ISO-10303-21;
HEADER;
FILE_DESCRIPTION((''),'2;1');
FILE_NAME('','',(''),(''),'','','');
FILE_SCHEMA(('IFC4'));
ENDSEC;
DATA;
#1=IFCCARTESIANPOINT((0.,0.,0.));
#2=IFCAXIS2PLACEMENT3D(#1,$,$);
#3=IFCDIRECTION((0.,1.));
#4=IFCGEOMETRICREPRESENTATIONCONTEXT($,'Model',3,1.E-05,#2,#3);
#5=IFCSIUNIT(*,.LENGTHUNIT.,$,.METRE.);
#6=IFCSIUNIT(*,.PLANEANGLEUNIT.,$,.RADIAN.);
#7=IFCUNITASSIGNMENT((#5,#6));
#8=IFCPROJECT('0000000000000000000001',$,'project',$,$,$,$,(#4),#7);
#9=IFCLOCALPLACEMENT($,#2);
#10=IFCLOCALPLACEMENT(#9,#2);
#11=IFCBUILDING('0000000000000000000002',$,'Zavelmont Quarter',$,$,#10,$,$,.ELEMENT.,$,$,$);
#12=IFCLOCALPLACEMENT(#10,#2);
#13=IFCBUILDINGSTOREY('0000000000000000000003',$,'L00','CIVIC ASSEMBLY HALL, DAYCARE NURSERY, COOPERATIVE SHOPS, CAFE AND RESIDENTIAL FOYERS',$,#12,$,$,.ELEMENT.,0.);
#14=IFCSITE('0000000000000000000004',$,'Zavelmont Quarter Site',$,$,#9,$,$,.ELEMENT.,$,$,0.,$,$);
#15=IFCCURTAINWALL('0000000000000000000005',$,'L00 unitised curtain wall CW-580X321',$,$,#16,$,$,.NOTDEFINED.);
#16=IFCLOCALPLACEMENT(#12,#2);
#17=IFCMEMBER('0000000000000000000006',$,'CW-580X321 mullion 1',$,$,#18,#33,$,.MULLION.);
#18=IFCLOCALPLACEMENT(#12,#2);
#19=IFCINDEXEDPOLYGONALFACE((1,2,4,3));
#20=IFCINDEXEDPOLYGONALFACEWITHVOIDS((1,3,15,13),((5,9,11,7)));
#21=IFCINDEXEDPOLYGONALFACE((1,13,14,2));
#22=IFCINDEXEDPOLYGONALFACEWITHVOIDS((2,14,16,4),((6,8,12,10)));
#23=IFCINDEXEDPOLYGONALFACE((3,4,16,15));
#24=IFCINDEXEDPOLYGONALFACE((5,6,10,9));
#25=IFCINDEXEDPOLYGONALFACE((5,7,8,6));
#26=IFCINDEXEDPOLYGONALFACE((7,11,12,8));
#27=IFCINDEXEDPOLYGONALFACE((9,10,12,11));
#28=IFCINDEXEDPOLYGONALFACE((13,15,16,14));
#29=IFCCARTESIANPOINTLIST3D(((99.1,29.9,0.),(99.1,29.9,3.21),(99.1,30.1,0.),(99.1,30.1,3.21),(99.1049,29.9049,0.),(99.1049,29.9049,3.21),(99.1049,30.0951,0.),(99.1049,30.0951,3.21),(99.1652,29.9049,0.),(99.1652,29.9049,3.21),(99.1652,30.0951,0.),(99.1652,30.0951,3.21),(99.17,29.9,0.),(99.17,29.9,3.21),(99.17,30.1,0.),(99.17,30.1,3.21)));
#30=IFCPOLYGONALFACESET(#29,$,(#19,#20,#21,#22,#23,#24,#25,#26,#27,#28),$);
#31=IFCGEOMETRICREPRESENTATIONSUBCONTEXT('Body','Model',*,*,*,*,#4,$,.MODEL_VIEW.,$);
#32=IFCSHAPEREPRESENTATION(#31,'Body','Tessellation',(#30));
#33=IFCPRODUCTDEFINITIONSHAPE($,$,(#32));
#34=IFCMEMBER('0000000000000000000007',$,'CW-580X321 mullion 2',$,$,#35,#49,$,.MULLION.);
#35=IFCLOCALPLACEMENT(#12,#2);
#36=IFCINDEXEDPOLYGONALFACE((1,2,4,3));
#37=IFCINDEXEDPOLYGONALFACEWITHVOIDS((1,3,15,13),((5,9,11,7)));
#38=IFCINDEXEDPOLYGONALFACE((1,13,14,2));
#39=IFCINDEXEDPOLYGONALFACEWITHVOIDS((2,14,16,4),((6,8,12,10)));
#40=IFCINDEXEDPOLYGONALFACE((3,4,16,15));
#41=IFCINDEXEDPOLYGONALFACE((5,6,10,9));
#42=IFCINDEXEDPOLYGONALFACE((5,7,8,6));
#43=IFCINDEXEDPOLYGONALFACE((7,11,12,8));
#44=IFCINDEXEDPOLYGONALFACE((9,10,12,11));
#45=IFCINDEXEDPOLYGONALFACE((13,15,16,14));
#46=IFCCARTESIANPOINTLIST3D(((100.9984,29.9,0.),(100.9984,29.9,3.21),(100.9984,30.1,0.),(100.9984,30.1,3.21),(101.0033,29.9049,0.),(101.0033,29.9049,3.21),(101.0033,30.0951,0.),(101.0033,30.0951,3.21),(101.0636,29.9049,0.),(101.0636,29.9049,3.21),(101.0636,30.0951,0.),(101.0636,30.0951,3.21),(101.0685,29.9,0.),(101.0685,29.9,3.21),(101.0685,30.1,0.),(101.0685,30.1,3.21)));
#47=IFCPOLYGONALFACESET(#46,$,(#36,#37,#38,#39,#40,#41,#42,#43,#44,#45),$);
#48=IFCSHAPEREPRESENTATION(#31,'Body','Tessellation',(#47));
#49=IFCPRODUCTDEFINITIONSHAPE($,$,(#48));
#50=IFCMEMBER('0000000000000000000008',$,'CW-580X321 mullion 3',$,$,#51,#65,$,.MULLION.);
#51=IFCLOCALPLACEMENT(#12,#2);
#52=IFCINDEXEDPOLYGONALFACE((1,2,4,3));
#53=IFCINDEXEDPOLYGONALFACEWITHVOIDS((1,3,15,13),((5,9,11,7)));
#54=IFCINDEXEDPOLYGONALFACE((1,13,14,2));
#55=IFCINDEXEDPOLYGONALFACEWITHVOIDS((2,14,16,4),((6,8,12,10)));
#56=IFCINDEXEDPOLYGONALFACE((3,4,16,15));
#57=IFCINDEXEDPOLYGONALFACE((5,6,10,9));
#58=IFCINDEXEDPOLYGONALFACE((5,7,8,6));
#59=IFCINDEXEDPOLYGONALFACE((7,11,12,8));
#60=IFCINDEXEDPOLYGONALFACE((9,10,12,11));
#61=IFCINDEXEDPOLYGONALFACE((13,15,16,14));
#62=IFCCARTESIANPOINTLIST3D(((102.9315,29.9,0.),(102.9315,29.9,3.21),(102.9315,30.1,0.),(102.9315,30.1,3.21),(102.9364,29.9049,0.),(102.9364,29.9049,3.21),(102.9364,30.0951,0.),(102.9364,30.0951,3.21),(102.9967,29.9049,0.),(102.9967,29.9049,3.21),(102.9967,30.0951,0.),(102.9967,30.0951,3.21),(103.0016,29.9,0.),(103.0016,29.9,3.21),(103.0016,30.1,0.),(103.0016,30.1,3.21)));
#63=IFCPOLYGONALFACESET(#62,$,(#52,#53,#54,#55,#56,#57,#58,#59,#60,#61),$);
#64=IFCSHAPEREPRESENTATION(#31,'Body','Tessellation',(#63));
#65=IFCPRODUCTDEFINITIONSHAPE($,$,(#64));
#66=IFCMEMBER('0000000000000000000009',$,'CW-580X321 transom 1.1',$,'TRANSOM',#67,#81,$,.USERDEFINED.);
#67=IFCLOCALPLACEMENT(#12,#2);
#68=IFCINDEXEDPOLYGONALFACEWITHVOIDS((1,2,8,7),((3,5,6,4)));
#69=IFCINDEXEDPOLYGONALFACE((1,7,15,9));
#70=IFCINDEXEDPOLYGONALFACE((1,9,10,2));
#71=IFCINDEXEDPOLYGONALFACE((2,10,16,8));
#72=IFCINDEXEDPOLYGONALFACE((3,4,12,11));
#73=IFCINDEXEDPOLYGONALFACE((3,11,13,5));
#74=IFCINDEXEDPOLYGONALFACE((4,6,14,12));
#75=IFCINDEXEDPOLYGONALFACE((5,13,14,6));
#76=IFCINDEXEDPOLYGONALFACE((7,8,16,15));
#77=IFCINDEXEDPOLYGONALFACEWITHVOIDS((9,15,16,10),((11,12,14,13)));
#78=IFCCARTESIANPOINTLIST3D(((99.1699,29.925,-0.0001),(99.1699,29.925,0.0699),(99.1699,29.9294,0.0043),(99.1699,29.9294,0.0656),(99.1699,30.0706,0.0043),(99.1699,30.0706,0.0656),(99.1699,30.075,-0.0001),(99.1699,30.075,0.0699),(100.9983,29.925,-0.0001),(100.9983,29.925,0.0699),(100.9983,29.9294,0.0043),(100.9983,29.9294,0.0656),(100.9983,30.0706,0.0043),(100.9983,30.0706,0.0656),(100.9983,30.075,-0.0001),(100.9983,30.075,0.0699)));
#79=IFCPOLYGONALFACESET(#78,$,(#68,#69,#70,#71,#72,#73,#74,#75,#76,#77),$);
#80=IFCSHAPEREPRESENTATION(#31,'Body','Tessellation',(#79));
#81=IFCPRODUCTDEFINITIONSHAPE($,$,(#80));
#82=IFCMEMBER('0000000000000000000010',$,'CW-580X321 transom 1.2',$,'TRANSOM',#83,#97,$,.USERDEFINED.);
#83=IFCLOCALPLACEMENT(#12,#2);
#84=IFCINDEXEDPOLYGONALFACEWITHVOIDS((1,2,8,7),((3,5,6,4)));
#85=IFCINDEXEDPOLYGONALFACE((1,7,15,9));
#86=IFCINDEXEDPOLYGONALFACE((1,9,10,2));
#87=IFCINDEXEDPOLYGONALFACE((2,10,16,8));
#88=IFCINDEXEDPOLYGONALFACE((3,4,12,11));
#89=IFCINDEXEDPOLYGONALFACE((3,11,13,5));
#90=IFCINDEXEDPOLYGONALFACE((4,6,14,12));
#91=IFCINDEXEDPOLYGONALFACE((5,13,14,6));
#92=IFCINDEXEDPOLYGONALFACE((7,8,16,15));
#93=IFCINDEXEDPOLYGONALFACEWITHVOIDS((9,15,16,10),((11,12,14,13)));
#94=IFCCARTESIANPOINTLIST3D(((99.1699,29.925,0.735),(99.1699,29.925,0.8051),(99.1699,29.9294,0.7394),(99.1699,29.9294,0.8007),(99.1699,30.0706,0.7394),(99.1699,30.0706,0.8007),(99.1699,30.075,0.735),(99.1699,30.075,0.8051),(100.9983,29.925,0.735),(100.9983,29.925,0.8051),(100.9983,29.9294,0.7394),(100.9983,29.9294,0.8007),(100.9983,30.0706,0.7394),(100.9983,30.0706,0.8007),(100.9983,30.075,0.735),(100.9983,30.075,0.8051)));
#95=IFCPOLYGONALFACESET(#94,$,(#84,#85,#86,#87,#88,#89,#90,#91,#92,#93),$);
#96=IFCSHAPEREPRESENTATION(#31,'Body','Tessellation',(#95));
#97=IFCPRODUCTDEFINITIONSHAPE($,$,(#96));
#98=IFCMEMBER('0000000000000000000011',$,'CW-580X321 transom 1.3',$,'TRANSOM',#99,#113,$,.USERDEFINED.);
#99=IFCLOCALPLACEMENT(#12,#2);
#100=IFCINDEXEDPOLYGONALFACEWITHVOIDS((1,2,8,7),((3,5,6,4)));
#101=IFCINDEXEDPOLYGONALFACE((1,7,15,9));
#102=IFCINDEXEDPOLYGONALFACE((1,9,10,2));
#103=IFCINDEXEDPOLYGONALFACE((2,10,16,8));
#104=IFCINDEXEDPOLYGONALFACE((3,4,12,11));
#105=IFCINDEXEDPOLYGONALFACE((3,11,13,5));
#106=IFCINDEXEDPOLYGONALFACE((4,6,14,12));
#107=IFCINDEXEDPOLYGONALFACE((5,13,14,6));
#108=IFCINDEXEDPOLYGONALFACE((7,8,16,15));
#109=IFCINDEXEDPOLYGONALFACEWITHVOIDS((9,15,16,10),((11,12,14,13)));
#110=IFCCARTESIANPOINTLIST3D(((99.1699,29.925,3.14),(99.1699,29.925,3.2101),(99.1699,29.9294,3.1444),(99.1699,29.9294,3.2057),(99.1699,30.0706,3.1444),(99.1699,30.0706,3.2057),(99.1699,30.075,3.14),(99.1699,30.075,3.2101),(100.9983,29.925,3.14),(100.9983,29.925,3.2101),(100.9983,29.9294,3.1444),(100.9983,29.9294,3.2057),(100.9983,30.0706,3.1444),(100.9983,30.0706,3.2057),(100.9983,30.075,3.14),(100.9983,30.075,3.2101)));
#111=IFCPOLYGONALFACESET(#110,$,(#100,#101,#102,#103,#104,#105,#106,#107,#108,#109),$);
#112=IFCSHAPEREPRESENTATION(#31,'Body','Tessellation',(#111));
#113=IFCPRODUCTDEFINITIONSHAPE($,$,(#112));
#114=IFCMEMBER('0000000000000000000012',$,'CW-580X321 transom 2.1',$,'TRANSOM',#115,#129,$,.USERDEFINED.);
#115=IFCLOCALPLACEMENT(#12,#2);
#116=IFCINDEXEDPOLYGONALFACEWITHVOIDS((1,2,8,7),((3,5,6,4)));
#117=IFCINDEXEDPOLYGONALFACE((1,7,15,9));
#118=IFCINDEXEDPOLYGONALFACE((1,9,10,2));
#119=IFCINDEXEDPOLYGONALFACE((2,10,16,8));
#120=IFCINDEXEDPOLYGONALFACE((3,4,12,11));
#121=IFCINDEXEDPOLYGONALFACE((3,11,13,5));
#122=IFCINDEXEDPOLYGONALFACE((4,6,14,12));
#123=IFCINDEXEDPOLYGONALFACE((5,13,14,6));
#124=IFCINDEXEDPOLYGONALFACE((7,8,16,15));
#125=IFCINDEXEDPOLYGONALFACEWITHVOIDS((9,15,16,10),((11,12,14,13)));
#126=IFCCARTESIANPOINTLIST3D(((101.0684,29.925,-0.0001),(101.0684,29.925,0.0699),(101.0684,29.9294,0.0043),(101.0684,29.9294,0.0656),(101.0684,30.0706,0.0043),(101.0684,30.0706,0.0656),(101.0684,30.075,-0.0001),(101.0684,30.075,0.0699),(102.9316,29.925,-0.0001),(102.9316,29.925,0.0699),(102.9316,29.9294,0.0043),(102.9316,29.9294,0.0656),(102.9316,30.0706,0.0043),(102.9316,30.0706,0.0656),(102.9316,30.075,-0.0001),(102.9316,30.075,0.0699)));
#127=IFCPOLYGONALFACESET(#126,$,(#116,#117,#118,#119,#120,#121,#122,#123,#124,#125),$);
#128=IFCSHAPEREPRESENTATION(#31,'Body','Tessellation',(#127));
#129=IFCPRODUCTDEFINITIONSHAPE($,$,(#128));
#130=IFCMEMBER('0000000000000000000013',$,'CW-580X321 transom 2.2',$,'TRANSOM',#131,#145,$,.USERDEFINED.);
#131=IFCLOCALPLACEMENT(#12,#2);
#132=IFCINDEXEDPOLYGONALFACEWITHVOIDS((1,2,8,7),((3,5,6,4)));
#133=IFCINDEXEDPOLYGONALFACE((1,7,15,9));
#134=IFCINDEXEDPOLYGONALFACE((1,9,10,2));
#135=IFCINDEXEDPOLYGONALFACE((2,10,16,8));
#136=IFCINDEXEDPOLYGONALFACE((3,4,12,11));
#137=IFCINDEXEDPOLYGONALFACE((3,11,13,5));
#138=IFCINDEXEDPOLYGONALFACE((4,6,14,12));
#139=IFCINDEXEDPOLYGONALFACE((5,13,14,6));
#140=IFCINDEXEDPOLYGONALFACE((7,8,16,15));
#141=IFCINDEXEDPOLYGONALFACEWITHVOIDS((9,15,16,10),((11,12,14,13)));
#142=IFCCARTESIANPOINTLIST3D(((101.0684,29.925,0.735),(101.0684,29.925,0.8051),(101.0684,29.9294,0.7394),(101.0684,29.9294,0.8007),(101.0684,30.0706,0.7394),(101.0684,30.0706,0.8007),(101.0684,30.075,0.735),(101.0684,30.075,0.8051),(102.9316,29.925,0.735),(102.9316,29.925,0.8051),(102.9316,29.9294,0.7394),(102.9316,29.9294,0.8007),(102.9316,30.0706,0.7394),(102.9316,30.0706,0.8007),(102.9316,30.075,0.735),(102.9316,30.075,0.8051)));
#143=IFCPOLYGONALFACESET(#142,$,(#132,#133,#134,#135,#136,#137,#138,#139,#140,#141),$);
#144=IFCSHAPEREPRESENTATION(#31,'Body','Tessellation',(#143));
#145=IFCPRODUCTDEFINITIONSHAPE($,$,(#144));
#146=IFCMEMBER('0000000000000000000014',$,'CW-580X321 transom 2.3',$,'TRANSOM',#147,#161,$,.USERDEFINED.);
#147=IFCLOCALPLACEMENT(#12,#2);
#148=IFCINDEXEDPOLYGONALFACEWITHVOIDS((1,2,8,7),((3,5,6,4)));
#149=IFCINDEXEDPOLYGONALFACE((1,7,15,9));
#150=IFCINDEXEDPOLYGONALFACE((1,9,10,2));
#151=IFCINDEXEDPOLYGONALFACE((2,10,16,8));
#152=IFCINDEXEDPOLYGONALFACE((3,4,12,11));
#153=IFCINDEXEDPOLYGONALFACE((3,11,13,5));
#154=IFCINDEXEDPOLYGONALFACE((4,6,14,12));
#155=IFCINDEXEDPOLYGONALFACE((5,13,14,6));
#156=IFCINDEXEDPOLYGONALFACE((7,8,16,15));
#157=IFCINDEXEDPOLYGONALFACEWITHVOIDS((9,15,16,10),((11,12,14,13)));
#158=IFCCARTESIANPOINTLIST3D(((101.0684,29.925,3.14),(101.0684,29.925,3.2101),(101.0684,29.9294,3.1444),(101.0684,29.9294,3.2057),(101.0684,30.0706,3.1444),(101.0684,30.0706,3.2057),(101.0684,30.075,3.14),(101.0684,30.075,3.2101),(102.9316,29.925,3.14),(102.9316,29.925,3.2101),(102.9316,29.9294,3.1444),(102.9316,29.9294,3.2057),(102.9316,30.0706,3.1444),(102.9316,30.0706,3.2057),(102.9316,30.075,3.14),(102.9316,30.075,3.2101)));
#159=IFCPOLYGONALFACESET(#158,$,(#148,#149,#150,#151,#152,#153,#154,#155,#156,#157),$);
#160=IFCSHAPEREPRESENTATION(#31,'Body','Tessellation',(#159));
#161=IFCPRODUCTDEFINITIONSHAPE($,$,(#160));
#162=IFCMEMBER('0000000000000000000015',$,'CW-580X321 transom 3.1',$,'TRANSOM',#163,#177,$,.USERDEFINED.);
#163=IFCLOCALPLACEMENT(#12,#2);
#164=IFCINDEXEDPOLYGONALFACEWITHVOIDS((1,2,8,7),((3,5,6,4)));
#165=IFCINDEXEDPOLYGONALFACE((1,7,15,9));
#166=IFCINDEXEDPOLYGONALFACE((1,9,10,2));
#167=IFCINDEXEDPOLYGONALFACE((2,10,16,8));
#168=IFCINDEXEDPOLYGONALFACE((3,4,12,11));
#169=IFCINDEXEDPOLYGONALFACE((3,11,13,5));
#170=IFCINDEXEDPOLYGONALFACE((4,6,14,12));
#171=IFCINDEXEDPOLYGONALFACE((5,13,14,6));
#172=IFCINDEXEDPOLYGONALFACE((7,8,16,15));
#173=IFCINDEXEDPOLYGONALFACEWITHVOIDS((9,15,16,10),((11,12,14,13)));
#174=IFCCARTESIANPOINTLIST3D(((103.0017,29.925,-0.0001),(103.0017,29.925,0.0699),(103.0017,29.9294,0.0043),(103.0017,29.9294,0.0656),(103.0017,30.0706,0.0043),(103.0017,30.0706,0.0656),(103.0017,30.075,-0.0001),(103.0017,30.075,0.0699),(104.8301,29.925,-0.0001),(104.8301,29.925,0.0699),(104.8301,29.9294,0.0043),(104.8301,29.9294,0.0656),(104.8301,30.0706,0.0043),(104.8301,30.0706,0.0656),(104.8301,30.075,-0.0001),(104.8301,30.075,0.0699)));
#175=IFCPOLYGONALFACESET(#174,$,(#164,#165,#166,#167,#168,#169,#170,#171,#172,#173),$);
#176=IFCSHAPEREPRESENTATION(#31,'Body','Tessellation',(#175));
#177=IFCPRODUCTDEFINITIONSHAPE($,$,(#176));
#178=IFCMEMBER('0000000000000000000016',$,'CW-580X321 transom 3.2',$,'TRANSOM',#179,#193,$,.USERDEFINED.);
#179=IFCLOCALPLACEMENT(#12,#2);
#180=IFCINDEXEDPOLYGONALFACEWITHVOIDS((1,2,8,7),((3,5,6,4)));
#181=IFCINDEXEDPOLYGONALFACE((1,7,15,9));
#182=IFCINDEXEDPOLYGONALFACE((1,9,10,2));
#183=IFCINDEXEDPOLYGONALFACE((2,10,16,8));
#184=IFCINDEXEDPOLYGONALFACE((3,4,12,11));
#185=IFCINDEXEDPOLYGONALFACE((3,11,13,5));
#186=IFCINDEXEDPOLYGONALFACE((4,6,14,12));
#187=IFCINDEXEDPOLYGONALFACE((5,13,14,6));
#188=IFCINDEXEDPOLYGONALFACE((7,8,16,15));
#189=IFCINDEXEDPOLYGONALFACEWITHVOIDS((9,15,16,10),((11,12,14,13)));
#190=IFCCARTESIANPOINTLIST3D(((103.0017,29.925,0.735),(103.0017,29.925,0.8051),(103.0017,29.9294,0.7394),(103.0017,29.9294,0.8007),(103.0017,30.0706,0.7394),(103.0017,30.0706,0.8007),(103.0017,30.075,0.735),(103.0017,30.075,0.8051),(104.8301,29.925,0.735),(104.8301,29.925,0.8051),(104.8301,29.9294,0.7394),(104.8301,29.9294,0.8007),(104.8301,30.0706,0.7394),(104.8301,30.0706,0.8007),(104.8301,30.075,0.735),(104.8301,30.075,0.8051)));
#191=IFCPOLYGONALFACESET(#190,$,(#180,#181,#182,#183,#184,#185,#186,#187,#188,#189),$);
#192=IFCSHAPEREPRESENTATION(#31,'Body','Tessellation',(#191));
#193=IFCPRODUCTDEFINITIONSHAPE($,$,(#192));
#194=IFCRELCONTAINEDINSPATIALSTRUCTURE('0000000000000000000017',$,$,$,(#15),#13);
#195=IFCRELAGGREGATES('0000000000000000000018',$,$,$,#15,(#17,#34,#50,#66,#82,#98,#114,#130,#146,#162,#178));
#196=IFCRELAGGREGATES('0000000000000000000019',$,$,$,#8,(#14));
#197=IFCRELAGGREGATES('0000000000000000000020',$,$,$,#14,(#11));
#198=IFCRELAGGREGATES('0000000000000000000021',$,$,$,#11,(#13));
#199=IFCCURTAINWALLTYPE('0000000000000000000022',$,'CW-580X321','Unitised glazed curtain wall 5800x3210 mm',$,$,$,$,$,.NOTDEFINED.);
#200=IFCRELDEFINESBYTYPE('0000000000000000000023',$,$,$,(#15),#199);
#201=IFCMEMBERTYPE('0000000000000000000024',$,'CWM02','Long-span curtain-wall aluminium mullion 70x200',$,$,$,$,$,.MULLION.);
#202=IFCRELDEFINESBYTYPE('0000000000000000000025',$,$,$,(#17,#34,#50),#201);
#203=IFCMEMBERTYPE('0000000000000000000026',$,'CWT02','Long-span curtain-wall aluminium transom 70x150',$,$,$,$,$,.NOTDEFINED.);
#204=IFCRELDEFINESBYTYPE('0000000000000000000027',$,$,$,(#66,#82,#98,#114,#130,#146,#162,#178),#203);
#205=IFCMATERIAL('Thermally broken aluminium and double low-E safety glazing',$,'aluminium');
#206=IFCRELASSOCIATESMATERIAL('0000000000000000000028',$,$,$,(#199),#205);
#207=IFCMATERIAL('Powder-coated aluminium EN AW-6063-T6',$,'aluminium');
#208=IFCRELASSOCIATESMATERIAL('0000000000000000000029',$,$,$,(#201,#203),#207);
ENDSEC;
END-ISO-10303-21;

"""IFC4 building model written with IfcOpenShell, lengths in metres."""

from ifc_helpers import new_model, si_unit, direction, frame, origin, origin_2d, place, context, subcontext, project, spatial, hollow_rectangle, extrude, material, material_profile, profile_set, type_object, element, aggregate, save


model = new_model("IFC4")

# Units and contexts
model_context = context("Model", 3, precision=1e-05, world=origin(), true_north=direction((0.0, 1.0)))
body_context = subcontext(model_context, "Body", "Model", "MODEL_VIEW")
ifc_project = project(units=[si_unit("LENGTHUNIT", "METRE"), si_unit("PLANEANGLEUNIT", "RADIAN")], contexts=[model_context])

# Site, building, storey
site_placement = place(None, origin())
site = spatial("IfcSite", under=ifc_project, at=site_placement, Name="Zavelmont Quarter Site", CompositionType="ELEMENT", RefElevation=0.0)
building_placement = place(site_placement, origin())
building = spatial("IfcBuilding", under=site, at=building_placement, Name="Zavelmont Quarter", CompositionType="ELEMENT")
storey_placement = place(building_placement, origin())
storey = spatial("IfcBuildingStorey", under=building, at=storey_placement, Name="L00", Description="CIVIC ASSEMBLY HALL, DAYCARE NURSERY, COOPERATIVE SHOPS, CAFE AND RESIDENTIAL FOYERS", CompositionType="ELEMENT", Elevation=0.0)

# Shared definitions
ifc_material_1 = material(Name="Thermally broken aluminium and double low-E safety glazing", Category="aluminium")
curtain_wall_type = type_object("IfcCurtainWallType", Name="CW-580X321", Description="Unitised glazed curtain wall 5800x3210 mm", PredefinedType="NOTDEFINED", material=ifc_material_1)
ifc_material_2 = material(Name="Powder-coated aluminium EN AW-6063-T6", Category="aluminium")
ifc_material_profile_1 = material_profile(ifc_material_2, hollow_rectangle(XDim=0.0701, YDim=0.2, WallThickness=0.0049, at=origin_2d()), Name="CWM70X200")
ifc_profile_set_1 = profile_set([ifc_material_profile_1], Name="Powder-coated aluminium EN AW-6063-T6")
member_type_1 = type_object("IfcMemberType", Name="CWM02", Description="Long-span curtain-wall aluminium mullion 70x200", PredefinedType="MULLION", material=ifc_profile_set_1)

# Curtain wall, members
curtain_wall_1_placement = place(storey_placement, origin())
curtain_wall_1 = element("IfcCurtainWall", 1, at=curtain_wall_1_placement, inside=storey, type_object=curtain_wall_type, Name="L00 unitised curtain wall CW-580X321", PredefinedType="NOTDEFINED")
member_1_placement = place(storey_placement, frame((99.135, 30.0, 0.0), z_axis=(0.0, 0.0, 1.0), x_axis=(1.0, 0.0, 0.0)))
member_1 = element("IfcMember", 2, at=member_1_placement, type_object=member_type_1, Name="CW-580X321 mullion 1", PredefinedType="MULLION", context=body_context, shape_type="SweptSolid", body=[
    extrude(hollow_rectangle(XDim=0.0701, YDim=0.2, WallThickness=0.0049, at=origin_2d()), origin(), (0.0, 0.0, 1.0), 3.21),
])
member_2_placement = place(storey_placement, frame((101.0334, 30.0, 0.0), z_axis=(0.0, 0.0, 1.0), x_axis=(1.0, 0.0, 0.0)))
member_2 = element("IfcMember", 3, at=member_2_placement, type_object=member_type_1, Name="CW-580X321 mullion 2", PredefinedType="MULLION", context=body_context, shape_type="SweptSolid", body=[
    extrude(hollow_rectangle(XDim=0.0701, YDim=0.2, WallThickness=0.0049, at=origin_2d()), origin(), (0.0, 0.0, 1.0), 3.21),
])
member_3_placement = place(storey_placement, frame((102.9666, 30.0, 0.0), z_axis=(0.0, 0.0, 1.0), x_axis=(1.0, 0.0, 0.0)))
member_3 = element("IfcMember", 4, at=member_3_placement, type_object=member_type_1, Name="CW-580X321 mullion 3", PredefinedType="MULLION", context=body_context, shape_type="SweptSolid", body=[
    extrude(hollow_rectangle(XDim=0.0701, YDim=0.2, WallThickness=0.0049, at=origin_2d()), origin(), (0.0, 0.0, 1.0), 3.21),
])
ifc_material_profile_2 = material_profile(ifc_material_2, hollow_rectangle(XDim=0.1499, YDim=0.0701, WallThickness=0.0044, at=origin_2d()), Name="CWT70X150")
ifc_profile_set_2 = profile_set([ifc_material_profile_2], Name="Powder-coated aluminium EN AW-6063-T6")
member_type_2 = type_object("IfcMemberType", Name="CWT02", Description="Long-span curtain-wall aluminium transom 70x150", PredefinedType="NOTDEFINED", material=ifc_profile_set_2)
member_4_placement = place(storey_placement, frame((99.1699, 30.0, 0.0349), z_axis=(1.0, 0.0, 0.0), x_axis=(0.0, 1.0, 0.0)))
member_4 = element("IfcMember", 5, at=member_4_placement, type_object=member_type_2, Name="CW-580X321 transom 1.1", ObjectType="TRANSOM", PredefinedType="USERDEFINED", context=body_context, shape_type="SweptSolid", body=[
    extrude(hollow_rectangle(XDim=0.1499, YDim=0.0701, WallThickness=0.0044, at=origin_2d()), origin(), (0.0, 0.0, 1.0), 1.8284),
])
member_5_placement = place(storey_placement, frame((99.1699, 30.0, 0.77), z_axis=(1.0, 0.0, 0.0), x_axis=(0.0, 1.0, 0.0)))
member_5 = element("IfcMember", 6, at=member_5_placement, type_object=member_type_2, Name="CW-580X321 transom 1.2", ObjectType="TRANSOM", PredefinedType="USERDEFINED", context=body_context, shape_type="SweptSolid", body=[
    extrude(hollow_rectangle(XDim=0.1499, YDim=0.0701, WallThickness=0.0044, at=origin_2d()), origin(), (0.0, 0.0, 1.0), 1.8284),
])
member_6_placement = place(storey_placement, frame((99.1699, 30.0, 3.175), z_axis=(1.0, 0.0, 0.0), x_axis=(0.0, 1.0, 0.0)))
member_6 = element("IfcMember", 7, at=member_6_placement, type_object=member_type_2, Name="CW-580X321 transom 1.3", ObjectType="TRANSOM", PredefinedType="USERDEFINED", context=body_context, shape_type="SweptSolid", body=[
    extrude(hollow_rectangle(XDim=0.1499, YDim=0.0701, WallThickness=0.0044, at=origin_2d()), origin(), (0.0, 0.0, 1.0), 1.8284),
])
member_7_placement = place(storey_placement, frame((101.0684, 30.0, 0.0349), z_axis=(1.0, 0.0, 0.0), x_axis=(0.0, 1.0, 0.0)))
member_7 = element("IfcMember", 8, at=member_7_placement, type_object=member_type_2, Name="CW-580X321 transom 2.1", ObjectType="TRANSOM", PredefinedType="USERDEFINED", context=body_context, shape_type="SweptSolid", body=[
    extrude(hollow_rectangle(XDim=0.1499, YDim=0.0701, WallThickness=0.0044, at=origin_2d()), origin(), (0.0, 0.0, 1.0), 1.8633),
])
member_8_placement = place(storey_placement, frame((101.0684, 30.0, 0.77), z_axis=(1.0, 0.0, 0.0), x_axis=(0.0, 1.0, 0.0)))
member_8 = element("IfcMember", 9, at=member_8_placement, type_object=member_type_2, Name="CW-580X321 transom 2.2", ObjectType="TRANSOM", PredefinedType="USERDEFINED", context=body_context, shape_type="SweptSolid", body=[
    extrude(hollow_rectangle(XDim=0.1499, YDim=0.0701, WallThickness=0.0044, at=origin_2d()), origin(), (0.0, 0.0, 1.0), 1.8633),
])
member_9_placement = place(storey_placement, frame((101.0684, 30.0, 3.175), z_axis=(1.0, 0.0, 0.0), x_axis=(0.0, 1.0, 0.0)))
member_9 = element("IfcMember", 10, at=member_9_placement, type_object=member_type_2, Name="CW-580X321 transom 2.3", ObjectType="TRANSOM", PredefinedType="USERDEFINED", context=body_context, shape_type="SweptSolid", body=[
    extrude(hollow_rectangle(XDim=0.1499, YDim=0.0701, WallThickness=0.0044, at=origin_2d()), origin(), (0.0, 0.0, 1.0), 1.8633),
])
member_10_placement = place(storey_placement, frame((103.0017, 30.0, 0.0349), z_axis=(1.0, 0.0, 0.0), x_axis=(0.0, 1.0, 0.0)))
member_10 = element("IfcMember", 11, at=member_10_placement, type_object=member_type_2, Name="CW-580X321 transom 3.1", ObjectType="TRANSOM", PredefinedType="USERDEFINED", context=body_context, shape_type="SweptSolid", body=[
    extrude(hollow_rectangle(XDim=0.1499, YDim=0.0701, WallThickness=0.0044, at=origin_2d()), origin(), (0.0, 0.0, 1.0), 1.8284),
])
member_11_placement = place(storey_placement, frame((103.0017, 30.0, 0.77), z_axis=(1.0, 0.0, 0.0), x_axis=(0.0, 1.0, 0.0)))
member_11 = element("IfcMember", 12, at=member_11_placement, type_object=member_type_2, Name="CW-580X321 transom 3.2", ObjectType="TRANSOM", PredefinedType="USERDEFINED", context=body_context, shape_type="SweptSolid", body=[
    extrude(hollow_rectangle(XDim=0.1499, YDim=0.0701, WallThickness=0.0044, at=origin_2d()), origin(), (0.0, 0.0, 1.0), 1.8284),
])
aggregate(curtain_wall_1, [member_1, member_2, member_3, member_4, member_5, member_6, member_7, member_8, member_9, member_10, member_11])

save(model, "model.ifc")
